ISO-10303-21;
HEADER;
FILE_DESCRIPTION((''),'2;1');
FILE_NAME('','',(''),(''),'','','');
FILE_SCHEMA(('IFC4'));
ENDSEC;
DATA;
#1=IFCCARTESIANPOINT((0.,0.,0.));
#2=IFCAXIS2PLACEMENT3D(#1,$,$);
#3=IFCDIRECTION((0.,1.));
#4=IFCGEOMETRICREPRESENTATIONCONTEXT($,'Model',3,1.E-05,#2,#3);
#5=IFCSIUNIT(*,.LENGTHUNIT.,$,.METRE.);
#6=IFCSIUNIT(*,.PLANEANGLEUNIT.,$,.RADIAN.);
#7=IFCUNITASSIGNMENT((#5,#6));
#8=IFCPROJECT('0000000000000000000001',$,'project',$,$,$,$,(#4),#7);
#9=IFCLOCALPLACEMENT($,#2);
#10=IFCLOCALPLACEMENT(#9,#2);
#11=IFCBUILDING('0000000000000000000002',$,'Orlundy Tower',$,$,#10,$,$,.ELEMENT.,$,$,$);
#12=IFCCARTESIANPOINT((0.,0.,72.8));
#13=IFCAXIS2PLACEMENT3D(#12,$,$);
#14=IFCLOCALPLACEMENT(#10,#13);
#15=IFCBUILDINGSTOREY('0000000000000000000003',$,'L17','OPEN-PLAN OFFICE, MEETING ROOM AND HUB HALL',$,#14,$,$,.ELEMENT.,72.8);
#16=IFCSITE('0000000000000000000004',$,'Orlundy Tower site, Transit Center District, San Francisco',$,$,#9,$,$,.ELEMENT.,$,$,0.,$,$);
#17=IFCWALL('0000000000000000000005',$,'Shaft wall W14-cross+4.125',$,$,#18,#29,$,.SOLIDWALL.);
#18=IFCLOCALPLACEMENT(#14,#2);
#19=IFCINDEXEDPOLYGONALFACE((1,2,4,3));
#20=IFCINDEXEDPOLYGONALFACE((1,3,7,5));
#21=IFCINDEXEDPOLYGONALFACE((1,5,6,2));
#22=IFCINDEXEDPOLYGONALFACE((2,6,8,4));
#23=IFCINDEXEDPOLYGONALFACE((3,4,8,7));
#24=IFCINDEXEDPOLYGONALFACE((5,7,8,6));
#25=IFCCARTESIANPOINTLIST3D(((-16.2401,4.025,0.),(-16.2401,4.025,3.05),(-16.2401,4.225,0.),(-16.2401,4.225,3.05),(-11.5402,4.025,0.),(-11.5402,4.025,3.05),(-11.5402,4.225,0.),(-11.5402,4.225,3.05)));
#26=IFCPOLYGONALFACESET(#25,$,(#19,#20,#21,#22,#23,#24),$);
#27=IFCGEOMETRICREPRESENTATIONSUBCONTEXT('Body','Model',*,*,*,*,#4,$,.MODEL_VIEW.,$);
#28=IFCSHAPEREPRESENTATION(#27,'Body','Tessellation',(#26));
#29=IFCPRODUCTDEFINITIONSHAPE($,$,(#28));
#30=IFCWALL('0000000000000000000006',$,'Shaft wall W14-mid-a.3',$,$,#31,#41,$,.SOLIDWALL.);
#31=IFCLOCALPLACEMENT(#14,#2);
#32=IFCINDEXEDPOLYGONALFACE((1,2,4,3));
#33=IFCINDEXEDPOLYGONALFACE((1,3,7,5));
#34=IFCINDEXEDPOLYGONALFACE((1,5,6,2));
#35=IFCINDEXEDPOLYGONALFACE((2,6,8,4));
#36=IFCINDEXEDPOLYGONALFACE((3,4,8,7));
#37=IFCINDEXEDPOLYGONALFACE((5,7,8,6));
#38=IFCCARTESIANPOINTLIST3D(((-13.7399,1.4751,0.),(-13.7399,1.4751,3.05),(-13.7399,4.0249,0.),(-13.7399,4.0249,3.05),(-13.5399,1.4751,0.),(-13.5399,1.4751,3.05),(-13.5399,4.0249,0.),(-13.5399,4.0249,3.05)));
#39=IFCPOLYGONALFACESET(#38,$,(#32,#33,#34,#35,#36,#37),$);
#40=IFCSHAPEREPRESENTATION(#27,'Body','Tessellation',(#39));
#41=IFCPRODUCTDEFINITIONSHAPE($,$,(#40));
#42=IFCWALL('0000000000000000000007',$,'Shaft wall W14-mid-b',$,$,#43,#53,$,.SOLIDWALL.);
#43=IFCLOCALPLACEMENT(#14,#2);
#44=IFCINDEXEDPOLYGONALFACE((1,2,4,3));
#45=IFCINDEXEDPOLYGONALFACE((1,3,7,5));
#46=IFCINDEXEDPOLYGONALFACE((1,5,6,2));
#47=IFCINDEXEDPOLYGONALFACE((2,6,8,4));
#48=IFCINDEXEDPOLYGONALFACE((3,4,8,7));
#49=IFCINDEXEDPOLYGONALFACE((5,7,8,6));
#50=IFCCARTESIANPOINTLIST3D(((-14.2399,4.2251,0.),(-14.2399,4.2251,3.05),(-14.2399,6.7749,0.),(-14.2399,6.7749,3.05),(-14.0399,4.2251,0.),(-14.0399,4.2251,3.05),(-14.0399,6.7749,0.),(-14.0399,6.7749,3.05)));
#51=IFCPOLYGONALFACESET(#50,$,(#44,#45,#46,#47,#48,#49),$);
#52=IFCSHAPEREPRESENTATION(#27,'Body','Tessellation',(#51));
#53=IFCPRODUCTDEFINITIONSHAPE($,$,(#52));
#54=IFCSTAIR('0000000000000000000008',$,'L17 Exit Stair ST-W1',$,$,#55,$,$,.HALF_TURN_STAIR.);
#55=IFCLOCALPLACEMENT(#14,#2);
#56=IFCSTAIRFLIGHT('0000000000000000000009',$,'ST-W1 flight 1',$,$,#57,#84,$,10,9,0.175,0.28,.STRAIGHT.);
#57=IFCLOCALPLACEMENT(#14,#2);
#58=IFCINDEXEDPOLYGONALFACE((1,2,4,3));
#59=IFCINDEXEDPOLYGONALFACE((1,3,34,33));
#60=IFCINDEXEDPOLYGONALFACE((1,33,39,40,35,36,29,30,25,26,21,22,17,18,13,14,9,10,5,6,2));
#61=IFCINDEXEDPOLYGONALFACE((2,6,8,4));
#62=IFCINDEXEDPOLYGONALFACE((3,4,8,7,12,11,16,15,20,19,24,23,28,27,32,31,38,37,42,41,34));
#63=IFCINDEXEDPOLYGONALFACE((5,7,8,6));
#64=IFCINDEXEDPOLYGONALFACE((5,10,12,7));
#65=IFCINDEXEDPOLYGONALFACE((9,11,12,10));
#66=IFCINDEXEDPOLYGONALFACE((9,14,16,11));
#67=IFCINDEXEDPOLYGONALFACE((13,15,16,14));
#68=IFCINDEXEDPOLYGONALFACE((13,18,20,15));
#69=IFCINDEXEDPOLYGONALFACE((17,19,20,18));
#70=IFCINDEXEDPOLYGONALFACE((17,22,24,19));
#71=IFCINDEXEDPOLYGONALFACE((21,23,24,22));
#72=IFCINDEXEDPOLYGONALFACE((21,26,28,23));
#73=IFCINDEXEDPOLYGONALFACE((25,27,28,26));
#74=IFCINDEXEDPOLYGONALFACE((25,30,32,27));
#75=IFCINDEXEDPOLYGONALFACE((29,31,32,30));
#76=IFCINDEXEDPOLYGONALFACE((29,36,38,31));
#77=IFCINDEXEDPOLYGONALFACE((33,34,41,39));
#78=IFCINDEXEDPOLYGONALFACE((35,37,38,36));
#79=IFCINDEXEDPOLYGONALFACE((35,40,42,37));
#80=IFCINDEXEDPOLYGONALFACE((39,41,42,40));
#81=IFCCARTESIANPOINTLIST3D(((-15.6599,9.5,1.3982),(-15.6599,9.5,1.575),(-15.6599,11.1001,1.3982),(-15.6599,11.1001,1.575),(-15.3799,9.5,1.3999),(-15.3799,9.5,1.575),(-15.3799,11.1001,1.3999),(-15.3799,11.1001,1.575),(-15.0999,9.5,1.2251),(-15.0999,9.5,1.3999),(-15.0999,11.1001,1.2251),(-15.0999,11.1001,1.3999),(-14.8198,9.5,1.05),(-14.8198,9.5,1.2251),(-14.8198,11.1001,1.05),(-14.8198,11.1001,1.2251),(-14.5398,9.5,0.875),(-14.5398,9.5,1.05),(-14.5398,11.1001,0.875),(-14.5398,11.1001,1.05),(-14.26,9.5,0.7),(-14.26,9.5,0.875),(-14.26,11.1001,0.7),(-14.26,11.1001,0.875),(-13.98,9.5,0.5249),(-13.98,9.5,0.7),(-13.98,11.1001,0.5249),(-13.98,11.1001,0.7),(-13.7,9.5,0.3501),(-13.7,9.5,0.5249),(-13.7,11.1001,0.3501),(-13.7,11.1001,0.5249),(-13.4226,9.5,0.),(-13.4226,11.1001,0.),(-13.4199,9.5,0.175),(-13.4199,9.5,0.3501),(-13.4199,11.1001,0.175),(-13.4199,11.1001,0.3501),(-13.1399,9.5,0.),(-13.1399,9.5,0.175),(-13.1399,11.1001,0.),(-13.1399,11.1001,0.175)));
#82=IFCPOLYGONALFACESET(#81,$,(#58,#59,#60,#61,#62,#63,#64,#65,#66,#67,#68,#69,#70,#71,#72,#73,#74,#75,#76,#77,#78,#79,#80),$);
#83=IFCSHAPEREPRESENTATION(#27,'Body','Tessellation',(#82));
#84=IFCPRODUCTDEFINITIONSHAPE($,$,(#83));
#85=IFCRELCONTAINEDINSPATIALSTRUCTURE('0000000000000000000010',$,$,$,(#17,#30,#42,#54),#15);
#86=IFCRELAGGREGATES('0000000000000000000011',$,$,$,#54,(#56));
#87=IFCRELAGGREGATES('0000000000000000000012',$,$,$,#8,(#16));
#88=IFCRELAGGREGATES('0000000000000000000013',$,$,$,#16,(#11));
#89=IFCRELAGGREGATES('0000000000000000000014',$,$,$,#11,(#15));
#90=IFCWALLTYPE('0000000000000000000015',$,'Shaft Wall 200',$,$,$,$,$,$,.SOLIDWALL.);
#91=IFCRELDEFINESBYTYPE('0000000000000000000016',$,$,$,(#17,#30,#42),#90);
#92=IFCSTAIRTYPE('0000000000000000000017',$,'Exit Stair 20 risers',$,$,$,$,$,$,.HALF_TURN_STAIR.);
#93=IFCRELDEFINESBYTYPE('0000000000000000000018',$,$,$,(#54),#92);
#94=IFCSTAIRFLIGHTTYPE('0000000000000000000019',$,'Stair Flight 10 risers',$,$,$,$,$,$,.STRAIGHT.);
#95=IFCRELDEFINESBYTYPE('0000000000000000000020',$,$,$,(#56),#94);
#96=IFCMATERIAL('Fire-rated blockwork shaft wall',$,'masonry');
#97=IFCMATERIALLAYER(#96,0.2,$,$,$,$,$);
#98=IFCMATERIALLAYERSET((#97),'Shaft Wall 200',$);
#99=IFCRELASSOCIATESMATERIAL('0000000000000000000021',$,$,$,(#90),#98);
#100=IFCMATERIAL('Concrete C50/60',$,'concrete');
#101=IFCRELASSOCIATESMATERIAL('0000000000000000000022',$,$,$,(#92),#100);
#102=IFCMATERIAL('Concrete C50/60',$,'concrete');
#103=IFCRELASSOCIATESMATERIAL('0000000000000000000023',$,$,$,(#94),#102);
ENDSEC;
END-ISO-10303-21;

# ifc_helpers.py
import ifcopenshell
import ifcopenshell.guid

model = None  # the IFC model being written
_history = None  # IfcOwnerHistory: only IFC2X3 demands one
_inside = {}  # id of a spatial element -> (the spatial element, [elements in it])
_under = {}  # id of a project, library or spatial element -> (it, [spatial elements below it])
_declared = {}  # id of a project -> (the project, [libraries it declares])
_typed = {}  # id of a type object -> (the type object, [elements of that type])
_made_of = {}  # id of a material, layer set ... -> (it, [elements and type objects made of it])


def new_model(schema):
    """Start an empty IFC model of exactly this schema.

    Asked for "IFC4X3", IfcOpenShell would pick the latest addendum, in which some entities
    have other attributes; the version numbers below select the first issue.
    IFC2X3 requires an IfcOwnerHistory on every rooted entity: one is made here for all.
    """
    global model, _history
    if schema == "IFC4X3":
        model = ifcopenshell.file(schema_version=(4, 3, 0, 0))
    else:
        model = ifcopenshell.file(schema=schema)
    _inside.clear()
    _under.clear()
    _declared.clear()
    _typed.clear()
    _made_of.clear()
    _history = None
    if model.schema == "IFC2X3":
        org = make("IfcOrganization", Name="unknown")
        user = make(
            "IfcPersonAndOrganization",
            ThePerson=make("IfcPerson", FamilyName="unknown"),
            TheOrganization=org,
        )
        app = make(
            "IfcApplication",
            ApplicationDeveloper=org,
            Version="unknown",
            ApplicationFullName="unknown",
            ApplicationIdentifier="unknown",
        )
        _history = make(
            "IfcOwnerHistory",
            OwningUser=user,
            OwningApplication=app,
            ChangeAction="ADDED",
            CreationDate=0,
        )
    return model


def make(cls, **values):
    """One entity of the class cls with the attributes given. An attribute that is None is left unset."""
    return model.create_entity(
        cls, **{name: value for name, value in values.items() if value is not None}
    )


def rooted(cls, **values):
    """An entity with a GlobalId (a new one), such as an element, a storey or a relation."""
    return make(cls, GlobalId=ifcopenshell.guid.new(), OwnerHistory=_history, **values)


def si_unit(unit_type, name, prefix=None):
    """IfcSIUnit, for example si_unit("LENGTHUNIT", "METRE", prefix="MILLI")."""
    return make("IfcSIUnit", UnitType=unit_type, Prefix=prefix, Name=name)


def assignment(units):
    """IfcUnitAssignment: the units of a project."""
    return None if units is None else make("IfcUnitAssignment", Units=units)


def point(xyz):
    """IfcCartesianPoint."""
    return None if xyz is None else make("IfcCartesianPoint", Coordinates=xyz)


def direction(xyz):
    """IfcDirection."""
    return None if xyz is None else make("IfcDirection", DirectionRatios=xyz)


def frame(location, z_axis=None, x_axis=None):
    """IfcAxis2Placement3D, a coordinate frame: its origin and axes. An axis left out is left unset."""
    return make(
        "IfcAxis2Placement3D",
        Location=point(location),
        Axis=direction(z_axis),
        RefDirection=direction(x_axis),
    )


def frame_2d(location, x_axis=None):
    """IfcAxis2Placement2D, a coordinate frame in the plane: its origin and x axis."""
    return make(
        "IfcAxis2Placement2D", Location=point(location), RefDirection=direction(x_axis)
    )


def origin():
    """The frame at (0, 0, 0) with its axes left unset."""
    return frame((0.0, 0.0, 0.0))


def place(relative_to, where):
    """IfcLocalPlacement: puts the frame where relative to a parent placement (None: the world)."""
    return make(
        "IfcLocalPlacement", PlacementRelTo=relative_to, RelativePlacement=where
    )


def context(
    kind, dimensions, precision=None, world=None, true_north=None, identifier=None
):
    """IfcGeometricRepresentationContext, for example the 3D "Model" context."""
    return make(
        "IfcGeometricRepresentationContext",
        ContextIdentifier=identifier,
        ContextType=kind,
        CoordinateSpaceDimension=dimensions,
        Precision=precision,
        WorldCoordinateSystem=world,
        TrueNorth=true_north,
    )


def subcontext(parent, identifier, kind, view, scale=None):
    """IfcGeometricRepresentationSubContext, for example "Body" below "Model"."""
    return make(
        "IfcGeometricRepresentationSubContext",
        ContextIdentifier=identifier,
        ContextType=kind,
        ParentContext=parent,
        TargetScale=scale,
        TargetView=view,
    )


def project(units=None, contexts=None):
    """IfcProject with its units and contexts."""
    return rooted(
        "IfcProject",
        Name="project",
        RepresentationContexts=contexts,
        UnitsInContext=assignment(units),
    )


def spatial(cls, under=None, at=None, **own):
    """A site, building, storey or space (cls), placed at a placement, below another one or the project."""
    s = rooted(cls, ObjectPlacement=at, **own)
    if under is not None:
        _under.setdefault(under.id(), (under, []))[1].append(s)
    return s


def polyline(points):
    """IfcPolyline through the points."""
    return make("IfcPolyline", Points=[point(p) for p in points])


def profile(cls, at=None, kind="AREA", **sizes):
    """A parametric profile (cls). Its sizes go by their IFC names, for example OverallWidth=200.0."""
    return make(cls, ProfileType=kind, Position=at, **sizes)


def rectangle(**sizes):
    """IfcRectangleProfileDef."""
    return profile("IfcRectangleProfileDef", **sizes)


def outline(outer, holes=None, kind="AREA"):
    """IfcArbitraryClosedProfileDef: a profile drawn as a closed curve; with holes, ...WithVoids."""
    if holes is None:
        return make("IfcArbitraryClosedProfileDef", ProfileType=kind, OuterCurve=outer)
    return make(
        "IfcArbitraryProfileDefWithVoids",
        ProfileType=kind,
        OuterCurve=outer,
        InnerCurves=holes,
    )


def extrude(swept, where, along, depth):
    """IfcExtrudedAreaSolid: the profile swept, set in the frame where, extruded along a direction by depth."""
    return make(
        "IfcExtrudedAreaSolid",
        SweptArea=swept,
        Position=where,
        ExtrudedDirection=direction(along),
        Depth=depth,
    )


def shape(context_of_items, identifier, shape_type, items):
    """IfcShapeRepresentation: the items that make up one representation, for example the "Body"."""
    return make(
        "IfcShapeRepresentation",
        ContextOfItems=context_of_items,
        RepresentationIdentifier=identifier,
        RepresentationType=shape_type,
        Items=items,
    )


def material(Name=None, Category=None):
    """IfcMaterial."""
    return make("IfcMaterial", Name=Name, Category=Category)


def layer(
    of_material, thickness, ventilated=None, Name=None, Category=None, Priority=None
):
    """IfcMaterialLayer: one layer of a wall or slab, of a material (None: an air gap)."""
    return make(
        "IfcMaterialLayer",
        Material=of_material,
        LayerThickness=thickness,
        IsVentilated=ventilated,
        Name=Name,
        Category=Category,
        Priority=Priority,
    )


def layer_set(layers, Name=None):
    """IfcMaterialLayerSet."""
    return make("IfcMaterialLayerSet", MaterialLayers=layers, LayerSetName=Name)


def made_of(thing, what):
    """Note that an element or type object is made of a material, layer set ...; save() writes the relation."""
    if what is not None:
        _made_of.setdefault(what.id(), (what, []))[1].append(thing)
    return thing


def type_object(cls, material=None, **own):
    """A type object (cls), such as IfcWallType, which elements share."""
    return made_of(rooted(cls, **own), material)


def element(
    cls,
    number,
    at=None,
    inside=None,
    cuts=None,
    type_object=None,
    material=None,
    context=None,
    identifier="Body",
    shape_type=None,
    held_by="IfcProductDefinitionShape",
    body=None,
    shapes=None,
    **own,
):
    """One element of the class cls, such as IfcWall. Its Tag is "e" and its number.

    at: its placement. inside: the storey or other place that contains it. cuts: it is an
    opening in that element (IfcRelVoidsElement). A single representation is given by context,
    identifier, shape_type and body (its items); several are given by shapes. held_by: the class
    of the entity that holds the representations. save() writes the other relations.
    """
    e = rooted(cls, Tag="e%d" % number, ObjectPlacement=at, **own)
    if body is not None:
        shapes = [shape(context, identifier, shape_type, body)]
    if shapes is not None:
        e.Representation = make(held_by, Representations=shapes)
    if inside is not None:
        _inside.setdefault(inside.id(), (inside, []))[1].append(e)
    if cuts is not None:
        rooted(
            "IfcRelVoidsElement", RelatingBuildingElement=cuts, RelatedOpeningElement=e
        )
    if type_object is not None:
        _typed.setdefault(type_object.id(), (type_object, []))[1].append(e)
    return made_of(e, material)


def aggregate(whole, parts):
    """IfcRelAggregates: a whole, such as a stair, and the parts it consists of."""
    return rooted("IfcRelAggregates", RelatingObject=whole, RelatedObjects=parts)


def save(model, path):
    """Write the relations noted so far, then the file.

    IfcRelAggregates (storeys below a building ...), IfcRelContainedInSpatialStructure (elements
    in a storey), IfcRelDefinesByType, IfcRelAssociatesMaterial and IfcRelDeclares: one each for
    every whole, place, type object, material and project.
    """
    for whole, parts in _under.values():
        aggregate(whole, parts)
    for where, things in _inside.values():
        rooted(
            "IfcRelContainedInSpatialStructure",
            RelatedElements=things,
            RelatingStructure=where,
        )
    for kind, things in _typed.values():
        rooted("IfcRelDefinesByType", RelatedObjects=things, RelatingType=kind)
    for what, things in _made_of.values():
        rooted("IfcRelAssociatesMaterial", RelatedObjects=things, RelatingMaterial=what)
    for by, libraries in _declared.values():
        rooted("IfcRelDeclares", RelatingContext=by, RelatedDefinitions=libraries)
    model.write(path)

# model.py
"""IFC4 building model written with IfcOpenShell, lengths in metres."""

from ifc_helpers import new_model, si_unit, direction, frame, frame_2d, origin, place, context, subcontext, project, spatial, polyline, rectangle, outline, extrude, material, layer, layer_set, type_object, element, aggregate, save


model = new_model("IFC4")

# Units and contexts
model_context = context("Model", 3, precision=1e-05, world=origin(), true_north=direction((0.0, 1.0)))
body_context = subcontext(model_context, "Body", "Model", "MODEL_VIEW")
ifc_project = project(units=[si_unit("LENGTHUNIT", "METRE"), si_unit("PLANEANGLEUNIT", "RADIAN")], contexts=[model_context])

# Site, building, storey
site_placement = place(None, origin())
site = spatial("IfcSite", under=ifc_project, at=site_placement, Name="Orlundy Tower site, Transit Center District, San Francisco", CompositionType="ELEMENT", RefElevation=0.0)
building_placement = place(site_placement, origin())
building = spatial("IfcBuilding", under=site, at=building_placement, Name="Orlundy Tower", CompositionType="ELEMENT")
storey_placement = place(building_placement, frame((0.0, 0.0, 72.8)))
storey = spatial("IfcBuildingStorey", under=building, at=storey_placement, Name="L17", Description="OPEN-PLAN OFFICE, MEETING ROOM AND HUB HALL", CompositionType="ELEMENT", Elevation=72.8)

# Walls
ifc_material_1 = material(Name="Fire-rated blockwork shaft wall", Category="masonry")
ifc_layer_1 = layer(ifc_material_1, 0.2)
ifc_layer_set_1 = layer_set([ifc_layer_1], Name="Shaft Wall 200")
wall_type_1 = type_object("IfcWallType", Name="Shaft Wall 200", PredefinedType="SOLIDWALL", material=ifc_layer_set_1)
wall_1_placement = place(storey_placement, frame((-11.54, 4.125, 0.0), z_axis=(0.0, 0.0, 1.0), x_axis=(-1.0, 0.0, 0.0)))
element("IfcWall", 1, at=wall_1_placement, inside=storey, type_object=wall_type_1, Name="Shaft wall W14-cross+4.125", PredefinedType="SOLIDWALL", context=body_context, shape_type="SweptSolid", body=[
    extrude(rectangle(XDim=4.7, YDim=0.2, at=frame_2d((2.3501, 0.0))), origin(), (0.0, 0.0, 1.0), 3.05),
])
for number, where, z_axis, x_axis, name in (
    (2, (-13.6399, 1.4751, 0.0), (0.0, 0.0, 1.0), (0.0, 1.0, 0.0), "Shaft wall W14-mid-a.3"),
    (3, (-14.1399, 4.2251, 0.0), (0.0, 0.0, 1.0), (0.0, 1.0, 0.0), "Shaft wall W14-mid-b"),
):
    element("IfcWall", number, at=place(storey_placement, frame(where, z_axis=z_axis, x_axis=x_axis)), inside=storey, type_object=wall_type_1, Name=name, PredefinedType="SOLIDWALL", context=body_context, shape_type="SweptSolid", body=[
        extrude(rectangle(XDim=2.5498, YDim=0.2, at=frame_2d((1.2749, 0.0))), origin(), (0.0, 0.0, 1.0), 3.05),
    ])

# Stair, stair flight
ifc_material_2 = material(Name="Concrete C50/60", Category="concrete")
stair_type = type_object("IfcStairType", Name="Exit Stair 20 risers", PredefinedType="HALF_TURN_STAIR", material=ifc_material_2)
stair_placement = place(storey_placement, origin())
stair = element("IfcStair", 4, at=stair_placement, inside=storey, type_object=stair_type, Name="L17 Exit Stair ST-W1", PredefinedType="HALF_TURN_STAIR")
ifc_material_3 = material(Name="Concrete C50/60", Category="concrete")
stair_flight_type = type_object("IfcStairFlightType", Name="Stair Flight 10 risers", PredefinedType="STRAIGHT", material=ifc_material_3)
stair_flight_placement = place(storey_placement, frame((-13.1399, 10.3, 0.0), z_axis=(0.0, 0.0, 1.0), x_axis=(-1.0, 0.0, 0.0)))
stair_flight = element("IfcStairFlight", 5, at=stair_flight_placement, type_object=stair_flight_type, Name="ST-W1 flight 1", NumberOfRisers=10, NumberOfTreads=9, PredefinedType="STRAIGHT", RiserHeight=0.175, TreadLength=0.28, context=body_context, shape_type="SweptSolid", body=[
    extrude(outline(polyline([(0.0, 0.0), (0.0, 0.175), (0.28, 0.175), (0.28, 0.3501), (0.5601, 0.3501), (0.5601, 0.5249), (0.8401, 0.5249), (0.8401, 0.7), (1.1201, 0.7), (1.1201, 0.875), (1.3999, 0.875), (1.3999, 1.05), (1.6799, 1.05), (1.6799, 1.2251), (1.96, 1.2251), (1.96, 1.3999), (2.24, 1.3999), (2.24, 1.575), (2.52, 1.575), (2.52, 1.75), (2.52, 1.3982), (0.2827, 0.0), (0.0, 0.0)])), frame((0.0, 0.8, 0.0), z_axis=(0.0, -1.0, 0.0), x_axis=(1.0, 0.0, 0.0)), (0.0, 0.0, 1.0), 1.6001),
])
aggregate(stair, [stair_flight])

save(model, "model.ifc")
